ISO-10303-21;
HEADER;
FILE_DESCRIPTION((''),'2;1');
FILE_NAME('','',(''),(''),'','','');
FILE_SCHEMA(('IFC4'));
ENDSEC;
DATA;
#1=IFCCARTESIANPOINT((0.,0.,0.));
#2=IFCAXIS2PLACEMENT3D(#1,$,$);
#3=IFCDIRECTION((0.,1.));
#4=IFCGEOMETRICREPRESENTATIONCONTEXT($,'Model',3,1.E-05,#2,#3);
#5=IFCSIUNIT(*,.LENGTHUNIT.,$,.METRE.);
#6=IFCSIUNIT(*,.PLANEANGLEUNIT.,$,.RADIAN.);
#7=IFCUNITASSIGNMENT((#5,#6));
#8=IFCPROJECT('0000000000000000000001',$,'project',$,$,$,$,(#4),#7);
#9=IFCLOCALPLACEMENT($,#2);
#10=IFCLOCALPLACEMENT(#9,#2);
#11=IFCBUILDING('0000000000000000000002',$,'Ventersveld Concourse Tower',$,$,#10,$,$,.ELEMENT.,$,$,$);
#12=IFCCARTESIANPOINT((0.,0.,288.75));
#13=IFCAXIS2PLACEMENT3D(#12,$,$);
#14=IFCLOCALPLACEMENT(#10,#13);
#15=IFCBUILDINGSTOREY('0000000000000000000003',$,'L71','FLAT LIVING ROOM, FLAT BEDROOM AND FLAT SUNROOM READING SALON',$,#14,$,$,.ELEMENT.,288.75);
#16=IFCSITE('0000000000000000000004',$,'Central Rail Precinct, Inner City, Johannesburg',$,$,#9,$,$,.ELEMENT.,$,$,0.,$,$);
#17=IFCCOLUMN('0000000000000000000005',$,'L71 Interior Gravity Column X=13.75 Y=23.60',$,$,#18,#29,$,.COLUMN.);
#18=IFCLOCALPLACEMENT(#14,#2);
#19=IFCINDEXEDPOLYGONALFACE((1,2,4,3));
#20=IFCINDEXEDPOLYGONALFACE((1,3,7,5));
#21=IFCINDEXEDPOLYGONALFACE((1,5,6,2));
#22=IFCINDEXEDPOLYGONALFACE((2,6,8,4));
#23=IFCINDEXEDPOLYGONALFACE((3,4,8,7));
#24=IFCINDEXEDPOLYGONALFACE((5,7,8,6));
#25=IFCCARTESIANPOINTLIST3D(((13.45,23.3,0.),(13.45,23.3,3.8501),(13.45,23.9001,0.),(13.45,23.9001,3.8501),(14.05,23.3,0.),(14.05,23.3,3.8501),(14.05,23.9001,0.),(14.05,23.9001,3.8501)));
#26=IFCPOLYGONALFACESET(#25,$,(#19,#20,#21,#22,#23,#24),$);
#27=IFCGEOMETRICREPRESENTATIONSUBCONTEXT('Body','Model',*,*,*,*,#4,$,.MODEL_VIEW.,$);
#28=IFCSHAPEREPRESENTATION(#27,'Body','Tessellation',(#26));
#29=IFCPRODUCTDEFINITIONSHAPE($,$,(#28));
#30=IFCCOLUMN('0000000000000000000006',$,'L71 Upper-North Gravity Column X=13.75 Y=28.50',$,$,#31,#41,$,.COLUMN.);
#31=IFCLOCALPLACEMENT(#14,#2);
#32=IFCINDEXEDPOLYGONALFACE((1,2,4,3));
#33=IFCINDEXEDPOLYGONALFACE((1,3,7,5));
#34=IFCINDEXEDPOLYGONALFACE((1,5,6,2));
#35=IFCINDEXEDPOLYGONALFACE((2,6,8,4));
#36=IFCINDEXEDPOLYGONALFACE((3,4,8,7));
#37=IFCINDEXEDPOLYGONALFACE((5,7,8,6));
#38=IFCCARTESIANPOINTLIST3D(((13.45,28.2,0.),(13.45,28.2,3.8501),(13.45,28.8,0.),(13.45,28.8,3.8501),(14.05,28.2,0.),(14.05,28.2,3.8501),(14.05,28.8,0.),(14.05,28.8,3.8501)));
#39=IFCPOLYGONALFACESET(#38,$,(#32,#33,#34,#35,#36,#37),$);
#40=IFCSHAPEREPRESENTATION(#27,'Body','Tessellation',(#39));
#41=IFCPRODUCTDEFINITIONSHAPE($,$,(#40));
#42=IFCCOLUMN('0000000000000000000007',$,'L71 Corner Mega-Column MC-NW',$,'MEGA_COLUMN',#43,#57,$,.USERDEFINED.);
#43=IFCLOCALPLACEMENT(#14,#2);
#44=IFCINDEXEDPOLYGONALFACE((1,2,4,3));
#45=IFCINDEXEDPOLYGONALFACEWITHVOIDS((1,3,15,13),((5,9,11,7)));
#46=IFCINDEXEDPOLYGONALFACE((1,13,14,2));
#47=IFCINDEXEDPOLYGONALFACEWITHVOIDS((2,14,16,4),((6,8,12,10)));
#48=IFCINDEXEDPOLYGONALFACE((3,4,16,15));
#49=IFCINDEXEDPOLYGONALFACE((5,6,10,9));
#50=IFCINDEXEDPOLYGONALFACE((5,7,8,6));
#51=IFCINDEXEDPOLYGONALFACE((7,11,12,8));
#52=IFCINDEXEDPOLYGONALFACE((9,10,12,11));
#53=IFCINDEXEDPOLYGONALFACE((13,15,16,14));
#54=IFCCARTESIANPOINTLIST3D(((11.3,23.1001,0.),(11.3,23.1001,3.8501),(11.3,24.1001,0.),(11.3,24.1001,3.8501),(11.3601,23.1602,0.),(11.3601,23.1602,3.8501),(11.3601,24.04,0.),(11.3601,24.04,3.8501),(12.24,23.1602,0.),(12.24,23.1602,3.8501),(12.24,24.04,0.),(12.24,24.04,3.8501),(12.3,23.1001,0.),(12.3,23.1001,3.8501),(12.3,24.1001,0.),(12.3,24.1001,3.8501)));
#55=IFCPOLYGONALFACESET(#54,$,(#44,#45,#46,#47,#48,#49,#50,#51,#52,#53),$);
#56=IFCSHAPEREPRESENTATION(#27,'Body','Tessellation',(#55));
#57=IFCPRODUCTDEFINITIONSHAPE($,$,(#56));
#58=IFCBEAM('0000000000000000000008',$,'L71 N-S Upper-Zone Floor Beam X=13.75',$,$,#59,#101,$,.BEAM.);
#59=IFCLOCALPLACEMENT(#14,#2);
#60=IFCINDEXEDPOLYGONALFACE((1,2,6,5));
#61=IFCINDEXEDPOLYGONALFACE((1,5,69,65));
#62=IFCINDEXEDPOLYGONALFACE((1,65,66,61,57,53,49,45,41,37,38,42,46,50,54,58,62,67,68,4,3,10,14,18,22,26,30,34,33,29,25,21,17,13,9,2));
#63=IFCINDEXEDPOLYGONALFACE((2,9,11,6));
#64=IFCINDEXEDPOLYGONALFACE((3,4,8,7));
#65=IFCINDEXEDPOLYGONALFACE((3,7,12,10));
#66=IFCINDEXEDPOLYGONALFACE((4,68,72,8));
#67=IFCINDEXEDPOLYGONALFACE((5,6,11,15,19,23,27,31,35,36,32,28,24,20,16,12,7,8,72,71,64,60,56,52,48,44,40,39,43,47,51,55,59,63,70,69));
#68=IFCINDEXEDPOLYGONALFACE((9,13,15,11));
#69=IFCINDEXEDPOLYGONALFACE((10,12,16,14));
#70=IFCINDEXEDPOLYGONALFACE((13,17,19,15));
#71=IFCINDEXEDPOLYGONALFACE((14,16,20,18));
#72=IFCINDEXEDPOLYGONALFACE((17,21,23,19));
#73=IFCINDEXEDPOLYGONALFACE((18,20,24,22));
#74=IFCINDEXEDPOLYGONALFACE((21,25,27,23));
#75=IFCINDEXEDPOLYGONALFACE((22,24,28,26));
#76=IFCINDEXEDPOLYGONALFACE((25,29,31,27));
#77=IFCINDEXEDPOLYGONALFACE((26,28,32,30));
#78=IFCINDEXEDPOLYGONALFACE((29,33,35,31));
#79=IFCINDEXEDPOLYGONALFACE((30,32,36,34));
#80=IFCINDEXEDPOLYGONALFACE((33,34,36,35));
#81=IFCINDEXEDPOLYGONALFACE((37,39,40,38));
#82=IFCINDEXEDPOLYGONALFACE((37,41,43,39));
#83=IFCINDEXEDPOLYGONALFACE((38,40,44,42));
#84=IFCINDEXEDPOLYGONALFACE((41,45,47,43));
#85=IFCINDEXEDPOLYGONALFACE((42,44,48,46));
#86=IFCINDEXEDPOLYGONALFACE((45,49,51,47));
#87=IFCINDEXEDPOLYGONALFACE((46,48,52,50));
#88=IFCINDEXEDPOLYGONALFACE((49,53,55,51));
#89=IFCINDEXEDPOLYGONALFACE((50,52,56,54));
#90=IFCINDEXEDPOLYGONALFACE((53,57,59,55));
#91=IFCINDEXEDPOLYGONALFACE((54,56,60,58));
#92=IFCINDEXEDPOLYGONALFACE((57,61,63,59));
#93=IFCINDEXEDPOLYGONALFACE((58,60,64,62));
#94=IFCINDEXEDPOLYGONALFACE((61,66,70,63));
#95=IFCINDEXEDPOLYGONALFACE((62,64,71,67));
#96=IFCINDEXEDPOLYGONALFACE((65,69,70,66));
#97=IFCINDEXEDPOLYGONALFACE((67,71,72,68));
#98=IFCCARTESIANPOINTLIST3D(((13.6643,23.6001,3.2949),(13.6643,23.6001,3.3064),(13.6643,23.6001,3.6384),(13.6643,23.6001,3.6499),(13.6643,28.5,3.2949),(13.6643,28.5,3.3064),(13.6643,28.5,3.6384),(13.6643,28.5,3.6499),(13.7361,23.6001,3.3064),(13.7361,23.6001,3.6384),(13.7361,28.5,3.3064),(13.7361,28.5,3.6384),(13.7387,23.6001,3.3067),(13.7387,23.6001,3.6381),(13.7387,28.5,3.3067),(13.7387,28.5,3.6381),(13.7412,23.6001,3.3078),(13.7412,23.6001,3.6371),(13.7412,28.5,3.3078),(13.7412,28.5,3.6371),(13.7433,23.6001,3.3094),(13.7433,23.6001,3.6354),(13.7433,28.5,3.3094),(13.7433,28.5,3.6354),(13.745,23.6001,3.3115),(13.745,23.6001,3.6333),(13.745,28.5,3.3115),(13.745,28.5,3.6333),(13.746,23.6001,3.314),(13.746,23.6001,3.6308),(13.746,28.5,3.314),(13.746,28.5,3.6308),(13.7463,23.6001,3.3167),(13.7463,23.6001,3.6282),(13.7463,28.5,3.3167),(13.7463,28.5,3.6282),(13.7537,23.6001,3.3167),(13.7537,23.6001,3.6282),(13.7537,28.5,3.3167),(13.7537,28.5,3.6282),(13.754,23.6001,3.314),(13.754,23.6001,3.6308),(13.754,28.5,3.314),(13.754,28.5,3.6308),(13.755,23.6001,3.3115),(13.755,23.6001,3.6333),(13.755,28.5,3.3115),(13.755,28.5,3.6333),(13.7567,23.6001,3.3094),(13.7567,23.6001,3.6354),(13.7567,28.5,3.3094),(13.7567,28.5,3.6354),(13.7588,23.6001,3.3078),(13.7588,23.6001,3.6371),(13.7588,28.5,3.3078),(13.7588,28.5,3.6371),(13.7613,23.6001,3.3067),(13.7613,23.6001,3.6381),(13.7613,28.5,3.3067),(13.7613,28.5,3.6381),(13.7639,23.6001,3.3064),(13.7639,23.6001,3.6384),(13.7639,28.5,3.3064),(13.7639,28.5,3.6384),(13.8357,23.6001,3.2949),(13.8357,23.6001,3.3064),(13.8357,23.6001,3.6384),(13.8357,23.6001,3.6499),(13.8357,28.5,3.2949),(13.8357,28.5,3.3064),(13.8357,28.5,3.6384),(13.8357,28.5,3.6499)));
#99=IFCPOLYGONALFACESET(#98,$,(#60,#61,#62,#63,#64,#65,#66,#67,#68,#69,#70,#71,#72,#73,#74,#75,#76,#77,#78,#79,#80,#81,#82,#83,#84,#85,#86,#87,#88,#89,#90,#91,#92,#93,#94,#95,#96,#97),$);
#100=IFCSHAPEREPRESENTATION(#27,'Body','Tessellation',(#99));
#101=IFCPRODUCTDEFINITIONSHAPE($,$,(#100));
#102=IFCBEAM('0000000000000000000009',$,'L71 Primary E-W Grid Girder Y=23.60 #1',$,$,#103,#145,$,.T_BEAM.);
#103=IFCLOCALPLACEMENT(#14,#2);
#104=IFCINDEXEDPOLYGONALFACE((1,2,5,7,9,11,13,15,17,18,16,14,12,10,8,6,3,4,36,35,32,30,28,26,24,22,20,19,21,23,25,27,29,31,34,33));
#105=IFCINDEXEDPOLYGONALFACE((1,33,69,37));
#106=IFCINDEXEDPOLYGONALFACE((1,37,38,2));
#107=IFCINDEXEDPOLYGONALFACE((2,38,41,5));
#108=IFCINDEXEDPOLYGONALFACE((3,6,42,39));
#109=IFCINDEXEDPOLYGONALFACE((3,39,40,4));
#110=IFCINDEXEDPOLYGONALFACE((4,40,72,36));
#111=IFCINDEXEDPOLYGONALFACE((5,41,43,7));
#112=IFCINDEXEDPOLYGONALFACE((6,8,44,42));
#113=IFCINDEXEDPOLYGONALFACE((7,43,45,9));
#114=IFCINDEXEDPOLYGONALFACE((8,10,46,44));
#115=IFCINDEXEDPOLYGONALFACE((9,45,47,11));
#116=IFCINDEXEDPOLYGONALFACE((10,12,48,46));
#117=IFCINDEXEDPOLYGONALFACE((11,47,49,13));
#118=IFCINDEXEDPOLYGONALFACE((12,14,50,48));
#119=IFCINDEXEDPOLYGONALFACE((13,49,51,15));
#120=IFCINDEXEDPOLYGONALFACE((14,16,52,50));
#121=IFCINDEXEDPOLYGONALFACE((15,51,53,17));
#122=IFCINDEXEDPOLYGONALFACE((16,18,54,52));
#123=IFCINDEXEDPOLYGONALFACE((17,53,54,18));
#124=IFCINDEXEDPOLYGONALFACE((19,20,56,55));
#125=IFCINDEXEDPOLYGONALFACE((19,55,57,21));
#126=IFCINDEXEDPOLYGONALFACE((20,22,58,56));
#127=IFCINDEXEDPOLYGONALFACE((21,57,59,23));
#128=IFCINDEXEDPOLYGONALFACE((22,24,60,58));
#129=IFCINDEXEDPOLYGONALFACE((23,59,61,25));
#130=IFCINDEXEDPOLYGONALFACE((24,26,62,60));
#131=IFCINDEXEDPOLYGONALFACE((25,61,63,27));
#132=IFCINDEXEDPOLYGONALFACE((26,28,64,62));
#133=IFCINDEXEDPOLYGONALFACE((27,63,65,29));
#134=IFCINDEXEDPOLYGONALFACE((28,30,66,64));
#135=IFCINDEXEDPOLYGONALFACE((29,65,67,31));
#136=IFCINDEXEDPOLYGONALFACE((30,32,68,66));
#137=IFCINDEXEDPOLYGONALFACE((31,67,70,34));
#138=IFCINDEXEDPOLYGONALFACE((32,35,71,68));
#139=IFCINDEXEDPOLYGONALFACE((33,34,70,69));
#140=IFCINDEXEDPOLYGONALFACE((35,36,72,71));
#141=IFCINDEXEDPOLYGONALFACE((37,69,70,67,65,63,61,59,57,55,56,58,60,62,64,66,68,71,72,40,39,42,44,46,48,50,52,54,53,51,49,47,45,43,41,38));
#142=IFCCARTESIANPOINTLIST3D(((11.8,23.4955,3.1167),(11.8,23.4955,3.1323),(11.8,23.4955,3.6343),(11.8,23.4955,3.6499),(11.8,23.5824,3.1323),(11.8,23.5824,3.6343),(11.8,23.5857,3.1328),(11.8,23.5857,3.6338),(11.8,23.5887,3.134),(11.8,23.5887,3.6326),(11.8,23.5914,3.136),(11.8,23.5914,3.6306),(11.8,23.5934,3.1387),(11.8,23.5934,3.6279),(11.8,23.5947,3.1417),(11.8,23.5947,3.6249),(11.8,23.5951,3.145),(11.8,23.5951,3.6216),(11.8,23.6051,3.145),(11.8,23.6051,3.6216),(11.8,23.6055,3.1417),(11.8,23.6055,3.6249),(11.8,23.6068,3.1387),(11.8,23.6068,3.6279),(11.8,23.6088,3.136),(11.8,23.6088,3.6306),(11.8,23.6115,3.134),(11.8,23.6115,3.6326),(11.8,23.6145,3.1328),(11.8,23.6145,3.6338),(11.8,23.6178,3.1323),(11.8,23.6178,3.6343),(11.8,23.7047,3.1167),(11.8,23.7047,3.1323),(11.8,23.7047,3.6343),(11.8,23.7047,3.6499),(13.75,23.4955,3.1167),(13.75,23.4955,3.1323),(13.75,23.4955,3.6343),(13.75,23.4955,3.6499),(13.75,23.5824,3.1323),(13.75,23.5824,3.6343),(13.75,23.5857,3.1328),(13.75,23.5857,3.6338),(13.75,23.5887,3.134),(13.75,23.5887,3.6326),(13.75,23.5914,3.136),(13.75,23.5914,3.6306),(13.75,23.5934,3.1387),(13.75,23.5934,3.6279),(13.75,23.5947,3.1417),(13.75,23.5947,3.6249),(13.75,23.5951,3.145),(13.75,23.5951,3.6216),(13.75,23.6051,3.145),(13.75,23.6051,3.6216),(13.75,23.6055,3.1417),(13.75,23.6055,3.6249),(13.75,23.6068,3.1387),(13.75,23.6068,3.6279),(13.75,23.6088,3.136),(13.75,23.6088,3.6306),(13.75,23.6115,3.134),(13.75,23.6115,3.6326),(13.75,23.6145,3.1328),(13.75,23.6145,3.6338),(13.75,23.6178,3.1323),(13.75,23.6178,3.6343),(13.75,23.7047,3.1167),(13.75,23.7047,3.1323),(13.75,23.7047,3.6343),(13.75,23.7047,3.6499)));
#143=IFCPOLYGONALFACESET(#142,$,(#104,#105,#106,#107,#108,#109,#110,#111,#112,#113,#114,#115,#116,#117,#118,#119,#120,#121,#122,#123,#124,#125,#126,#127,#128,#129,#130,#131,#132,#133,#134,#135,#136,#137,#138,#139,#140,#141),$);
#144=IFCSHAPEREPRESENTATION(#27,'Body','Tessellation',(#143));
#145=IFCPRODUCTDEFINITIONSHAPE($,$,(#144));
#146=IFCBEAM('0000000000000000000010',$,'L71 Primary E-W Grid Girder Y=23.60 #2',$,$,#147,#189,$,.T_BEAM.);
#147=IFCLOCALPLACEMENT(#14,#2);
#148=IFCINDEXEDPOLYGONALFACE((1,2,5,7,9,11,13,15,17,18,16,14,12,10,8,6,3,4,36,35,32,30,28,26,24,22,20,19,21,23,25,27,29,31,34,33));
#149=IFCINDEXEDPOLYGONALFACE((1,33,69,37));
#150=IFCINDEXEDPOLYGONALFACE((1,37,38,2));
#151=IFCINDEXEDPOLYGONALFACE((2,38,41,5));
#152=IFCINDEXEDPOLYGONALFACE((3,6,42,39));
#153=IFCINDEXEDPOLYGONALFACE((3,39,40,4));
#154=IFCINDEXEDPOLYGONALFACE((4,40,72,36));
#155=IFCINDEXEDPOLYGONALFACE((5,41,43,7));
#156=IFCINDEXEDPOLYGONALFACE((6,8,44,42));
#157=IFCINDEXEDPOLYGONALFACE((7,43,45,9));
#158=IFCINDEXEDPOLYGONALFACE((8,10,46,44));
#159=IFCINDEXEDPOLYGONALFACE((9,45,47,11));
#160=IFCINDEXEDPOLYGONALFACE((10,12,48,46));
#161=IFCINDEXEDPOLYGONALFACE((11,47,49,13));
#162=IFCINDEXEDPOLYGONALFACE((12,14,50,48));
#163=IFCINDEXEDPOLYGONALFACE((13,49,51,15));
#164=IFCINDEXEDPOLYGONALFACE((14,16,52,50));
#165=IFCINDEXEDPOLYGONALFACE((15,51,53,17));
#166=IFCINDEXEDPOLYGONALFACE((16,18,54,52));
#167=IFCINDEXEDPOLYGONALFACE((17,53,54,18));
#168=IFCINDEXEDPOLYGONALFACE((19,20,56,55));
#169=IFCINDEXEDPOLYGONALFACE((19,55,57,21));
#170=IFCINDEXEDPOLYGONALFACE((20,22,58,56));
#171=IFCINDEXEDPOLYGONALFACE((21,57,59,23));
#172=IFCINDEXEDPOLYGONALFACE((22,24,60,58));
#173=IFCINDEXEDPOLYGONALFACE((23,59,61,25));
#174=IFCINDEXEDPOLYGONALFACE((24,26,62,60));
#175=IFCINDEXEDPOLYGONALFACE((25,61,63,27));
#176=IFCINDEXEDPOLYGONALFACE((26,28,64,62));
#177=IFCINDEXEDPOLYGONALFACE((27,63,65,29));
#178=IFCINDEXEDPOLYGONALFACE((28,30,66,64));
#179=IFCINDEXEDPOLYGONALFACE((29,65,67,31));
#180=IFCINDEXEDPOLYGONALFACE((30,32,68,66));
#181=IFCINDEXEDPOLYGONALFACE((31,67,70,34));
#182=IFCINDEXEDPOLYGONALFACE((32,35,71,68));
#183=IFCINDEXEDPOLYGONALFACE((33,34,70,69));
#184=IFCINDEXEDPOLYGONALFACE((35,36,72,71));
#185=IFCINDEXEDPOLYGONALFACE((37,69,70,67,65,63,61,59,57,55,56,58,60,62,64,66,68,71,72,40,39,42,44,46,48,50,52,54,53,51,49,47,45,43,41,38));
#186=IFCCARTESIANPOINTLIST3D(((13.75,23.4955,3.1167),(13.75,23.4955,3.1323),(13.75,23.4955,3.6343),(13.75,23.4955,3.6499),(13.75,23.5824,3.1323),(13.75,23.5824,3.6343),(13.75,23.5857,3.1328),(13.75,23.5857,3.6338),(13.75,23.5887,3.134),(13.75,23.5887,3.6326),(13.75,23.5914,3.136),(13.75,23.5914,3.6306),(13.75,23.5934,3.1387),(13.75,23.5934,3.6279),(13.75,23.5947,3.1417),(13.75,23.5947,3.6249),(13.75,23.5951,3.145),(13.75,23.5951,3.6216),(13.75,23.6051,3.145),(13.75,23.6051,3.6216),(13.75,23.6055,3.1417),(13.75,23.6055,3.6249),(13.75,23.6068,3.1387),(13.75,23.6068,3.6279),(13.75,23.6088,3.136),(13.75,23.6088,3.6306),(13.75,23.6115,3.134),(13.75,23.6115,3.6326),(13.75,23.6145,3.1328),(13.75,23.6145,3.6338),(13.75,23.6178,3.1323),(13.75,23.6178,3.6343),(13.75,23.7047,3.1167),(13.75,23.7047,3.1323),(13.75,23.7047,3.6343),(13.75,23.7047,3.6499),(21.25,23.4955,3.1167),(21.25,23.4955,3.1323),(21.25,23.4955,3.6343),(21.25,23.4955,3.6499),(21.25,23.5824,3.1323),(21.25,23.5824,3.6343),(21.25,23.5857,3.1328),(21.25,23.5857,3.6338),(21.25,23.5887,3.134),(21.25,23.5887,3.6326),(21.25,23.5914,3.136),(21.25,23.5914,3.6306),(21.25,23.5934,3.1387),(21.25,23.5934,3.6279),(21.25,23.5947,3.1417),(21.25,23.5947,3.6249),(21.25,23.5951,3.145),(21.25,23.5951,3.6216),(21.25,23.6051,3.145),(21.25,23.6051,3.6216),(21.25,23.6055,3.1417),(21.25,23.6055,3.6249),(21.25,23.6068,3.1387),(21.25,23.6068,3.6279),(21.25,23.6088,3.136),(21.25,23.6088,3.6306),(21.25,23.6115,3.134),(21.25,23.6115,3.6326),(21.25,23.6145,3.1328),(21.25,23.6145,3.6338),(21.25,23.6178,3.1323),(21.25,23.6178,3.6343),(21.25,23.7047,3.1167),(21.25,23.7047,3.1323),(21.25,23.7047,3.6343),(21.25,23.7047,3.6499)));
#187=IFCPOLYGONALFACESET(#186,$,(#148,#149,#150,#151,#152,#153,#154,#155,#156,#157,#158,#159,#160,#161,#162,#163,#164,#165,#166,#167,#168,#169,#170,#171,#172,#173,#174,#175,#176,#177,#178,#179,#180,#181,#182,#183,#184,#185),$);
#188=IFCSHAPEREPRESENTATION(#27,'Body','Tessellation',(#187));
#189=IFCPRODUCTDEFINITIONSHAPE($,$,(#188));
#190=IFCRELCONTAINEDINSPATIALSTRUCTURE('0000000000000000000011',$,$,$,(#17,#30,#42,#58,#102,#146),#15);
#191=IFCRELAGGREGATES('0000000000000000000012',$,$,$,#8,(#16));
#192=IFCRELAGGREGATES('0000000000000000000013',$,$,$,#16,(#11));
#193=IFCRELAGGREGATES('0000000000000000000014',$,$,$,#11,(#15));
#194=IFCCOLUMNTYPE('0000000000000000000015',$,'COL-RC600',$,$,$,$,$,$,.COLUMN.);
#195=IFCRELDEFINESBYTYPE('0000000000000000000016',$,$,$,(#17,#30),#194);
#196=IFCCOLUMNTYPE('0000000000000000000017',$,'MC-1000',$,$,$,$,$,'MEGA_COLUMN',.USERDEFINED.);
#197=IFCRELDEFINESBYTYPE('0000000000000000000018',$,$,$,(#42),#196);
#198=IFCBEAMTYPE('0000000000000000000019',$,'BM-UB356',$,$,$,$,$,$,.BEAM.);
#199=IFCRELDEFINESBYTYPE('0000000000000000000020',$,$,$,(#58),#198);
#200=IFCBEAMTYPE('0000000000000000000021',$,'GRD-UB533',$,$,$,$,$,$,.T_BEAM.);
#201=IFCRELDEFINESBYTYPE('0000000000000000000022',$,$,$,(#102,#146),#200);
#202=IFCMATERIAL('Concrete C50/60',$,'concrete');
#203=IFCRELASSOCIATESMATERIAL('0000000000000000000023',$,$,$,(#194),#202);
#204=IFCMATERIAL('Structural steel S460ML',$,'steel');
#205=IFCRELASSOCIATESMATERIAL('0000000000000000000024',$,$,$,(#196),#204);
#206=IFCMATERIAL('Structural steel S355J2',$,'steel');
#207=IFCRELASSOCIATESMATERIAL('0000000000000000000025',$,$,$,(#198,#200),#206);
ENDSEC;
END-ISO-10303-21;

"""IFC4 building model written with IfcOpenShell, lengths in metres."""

from ifc_helpers import new_model, si_unit, direction, frame, origin, origin_2d, place, context, subcontext, project, spatial, rectangle, hollow_rectangle, i_section, extrude, material, material_profile, profile_set, type_object, element, save


model = new_model("IFC4")

# Units and contexts
model_context = context("Model", 3, precision=1e-05, world=origin(), true_north=direction((0.0, 1.0)))
body_context = subcontext(model_context, "Body", "Model", "MODEL_VIEW")
ifc_project = project(units=[si_unit("LENGTHUNIT", "METRE"), si_unit("PLANEANGLEUNIT", "RADIAN")], contexts=[model_context])

# Site, building, storey
site_placement = place(None, origin())
site = spatial("IfcSite", under=ifc_project, at=site_placement, Name="Central Rail Precinct, Inner City, Johannesburg", CompositionType="ELEMENT", RefElevation=0.0)
building_placement = place(site_placement, origin())
building = spatial("IfcBuilding", under=site, at=building_placement, Name="Ventersveld Concourse Tower", CompositionType="ELEMENT")
storey_placement = place(building_placement, frame((0.0, 0.0, 288.75)))
storey = spatial("IfcBuildingStorey", under=building, at=storey_placement, Name="L71", Description="FLAT LIVING ROOM, FLAT BEDROOM AND FLAT SUNROOM READING SALON", CompositionType="ELEMENT", Elevation=288.75)

# Columns
ifc_material_1 = material(Name="Concrete C50/60", Category="concrete")
ifc_material_profile_1 = material_profile(ifc_material_1, rectangle(XDim=0.6001, YDim=0.6001, at=origin_2d()), Name="RC 600x600")
ifc_profile_set_1 = profile_set([ifc_material_profile_1], Name="Concrete C50/60")
column_type_1 = type_object("IfcColumnType", Name="COL-RC600", PredefinedType="COLUMN", material=ifc_profile_set_1)
for number, where, z_axis, x_axis, name in (
    (1, (13.75, 23.6001, 0.0), (0.0, 0.0, 1.0), (1.0, 0.0, 0.0), "L71 Interior Gravity Column X=13.75 Y=23.60"),
    (2, (13.75, 28.5, 0.0), (0.0, 0.0, 1.0), (1.0, 0.0, 0.0), "L71 Upper-North Gravity Column X=13.75 Y=28.50"),
):
    element("IfcColumn", number, at=place(storey_placement, frame(where, z_axis=z_axis, x_axis=x_axis)), inside=storey, type_object=column_type_1, Name=name, PredefinedType="COLUMN", context=body_context, shape_type="SweptSolid", body=[
        extrude(rectangle(XDim=0.6001, YDim=0.6001, at=origin_2d()), origin(), (0.0, 0.0, 1.0), 3.8501),
    ])
ifc_material_2 = material(Name="Structural steel S460ML", Category="steel")
ifc_material_profile_2 = material_profile(ifc_material_2, hollow_rectangle(XDim=1.0, YDim=1.0, WallThickness=0.0601, at=origin_2d()), Name="BOX 1000x1000x60")
ifc_profile_set_2 = profile_set([ifc_material_profile_2], Name="Structural steel S460ML")
column_type_2 = type_object("IfcColumnType", Name="MC-1000", ElementType="MEGA_COLUMN", PredefinedType="USERDEFINED", material=ifc_profile_set_2)
column_placement = place(storey_placement, frame((11.8, 23.6001, 0.0), z_axis=(0.0, 0.0, 1.0), x_axis=(1.0, 0.0, 0.0)))
element("IfcColumn", 3, at=column_placement, inside=storey, type_object=column_type_2, Name="L71 Corner Mega-Column MC-NW", ObjectType="MEGA_COLUMN", PredefinedType="USERDEFINED", context=body_context, shape_type="SweptSolid", body=[
    extrude(hollow_rectangle(XDim=1.0, YDim=1.0, WallThickness=0.0601, at=origin_2d()), origin(), (0.0, 0.0, 1.0), 3.8501),
])

# Beams
ifc_material_3 = material(Name="Structural steel S355J2", Category="steel")
ifc_material_profile_3 = material_profile(ifc_material_3, i_section(OverallWidth=0.1714, OverallDepth=0.355, WebThickness=0.0073, FlangeThickness=0.0115, FilletRadius=0.0103, at=origin_2d()), Name="UB 356x171x51")
ifc_profile_set_3 = profile_set([ifc_material_profile_3], Name="Structural steel S355J2")
beam_type_1 = type_object("IfcBeamType", Name="BM-UB356", PredefinedType="BEAM", material=ifc_profile_set_3)
beam_1_placement = place(storey_placement, frame((13.75, 23.6001, 3.4724), z_axis=(0.0, 1.0, 0.0), x_axis=(-1.0, 0.0, 0.0)))
element("IfcBeam", 4, at=beam_1_placement, inside=storey, type_object=beam_type_1, Name="L71 N-S Upper-Zone Floor Beam X=13.75", PredefinedType="BEAM", context=body_context, shape_type="SweptSolid", body=[
    extrude(i_section(OverallWidth=0.1714, OverallDepth=0.355, WebThickness=0.0073, FlangeThickness=0.0115, FilletRadius=0.0103, at=origin_2d()), origin(), (0.0, 0.0, 1.0), 4.8999),
])
ifc_material_profile_4 = material_profile(ifc_material_3, i_section(OverallWidth=0.2092, OverallDepth=0.5332, WebThickness=0.01, FlangeThickness=0.0156, FilletRadius=0.0127, at=origin_2d()), Name="UB 533x210x92")
ifc_profile_set_4 = profile_set([ifc_material_profile_4], Name="Structural steel S355J2")
beam_type_2 = type_object("IfcBeamType", Name="GRD-UB533", PredefinedType="T_BEAM", material=ifc_profile_set_4)
beam_2_placement = place(storey_placement, frame((11.8, 23.6001, 3.3833), z_axis=(1.0, 0.0, 0.0), x_axis=(0.0, 1.0, 0.0)))
element("IfcBeam", 5, at=beam_2_placement, inside=storey, type_object=beam_type_2, Name="L71 Primary E-W Grid Girder Y=23.60 #1", PredefinedType="T_BEAM", context=body_context, shape_type="SweptSolid", body=[
    extrude(i_section(OverallWidth=0.2092, OverallDepth=0.5332, WebThickness=0.01, FlangeThickness=0.0156, FilletRadius=0.0127, at=origin_2d()), origin(), (0.0, 0.0, 1.0), 1.95),
])
beam_3_placement = place(storey_placement, frame((13.75, 23.6001, 3.3833), z_axis=(1.0, 0.0, 0.0), x_axis=(0.0, 1.0, 0.0)))
element("IfcBeam", 6, at=beam_3_placement, inside=storey, type_object=beam_type_2, Name="L71 Primary E-W Grid Girder Y=23.60 #2", PredefinedType="T_BEAM", context=body_context, shape_type="SweptSolid", body=[
    extrude(i_section(OverallWidth=0.2092, OverallDepth=0.5332, WebThickness=0.01, FlangeThickness=0.0156, FilletRadius=0.0127, at=origin_2d()), origin(), (0.0, 0.0, 1.0), 7.5),
])

save(model, "model.ifc")
